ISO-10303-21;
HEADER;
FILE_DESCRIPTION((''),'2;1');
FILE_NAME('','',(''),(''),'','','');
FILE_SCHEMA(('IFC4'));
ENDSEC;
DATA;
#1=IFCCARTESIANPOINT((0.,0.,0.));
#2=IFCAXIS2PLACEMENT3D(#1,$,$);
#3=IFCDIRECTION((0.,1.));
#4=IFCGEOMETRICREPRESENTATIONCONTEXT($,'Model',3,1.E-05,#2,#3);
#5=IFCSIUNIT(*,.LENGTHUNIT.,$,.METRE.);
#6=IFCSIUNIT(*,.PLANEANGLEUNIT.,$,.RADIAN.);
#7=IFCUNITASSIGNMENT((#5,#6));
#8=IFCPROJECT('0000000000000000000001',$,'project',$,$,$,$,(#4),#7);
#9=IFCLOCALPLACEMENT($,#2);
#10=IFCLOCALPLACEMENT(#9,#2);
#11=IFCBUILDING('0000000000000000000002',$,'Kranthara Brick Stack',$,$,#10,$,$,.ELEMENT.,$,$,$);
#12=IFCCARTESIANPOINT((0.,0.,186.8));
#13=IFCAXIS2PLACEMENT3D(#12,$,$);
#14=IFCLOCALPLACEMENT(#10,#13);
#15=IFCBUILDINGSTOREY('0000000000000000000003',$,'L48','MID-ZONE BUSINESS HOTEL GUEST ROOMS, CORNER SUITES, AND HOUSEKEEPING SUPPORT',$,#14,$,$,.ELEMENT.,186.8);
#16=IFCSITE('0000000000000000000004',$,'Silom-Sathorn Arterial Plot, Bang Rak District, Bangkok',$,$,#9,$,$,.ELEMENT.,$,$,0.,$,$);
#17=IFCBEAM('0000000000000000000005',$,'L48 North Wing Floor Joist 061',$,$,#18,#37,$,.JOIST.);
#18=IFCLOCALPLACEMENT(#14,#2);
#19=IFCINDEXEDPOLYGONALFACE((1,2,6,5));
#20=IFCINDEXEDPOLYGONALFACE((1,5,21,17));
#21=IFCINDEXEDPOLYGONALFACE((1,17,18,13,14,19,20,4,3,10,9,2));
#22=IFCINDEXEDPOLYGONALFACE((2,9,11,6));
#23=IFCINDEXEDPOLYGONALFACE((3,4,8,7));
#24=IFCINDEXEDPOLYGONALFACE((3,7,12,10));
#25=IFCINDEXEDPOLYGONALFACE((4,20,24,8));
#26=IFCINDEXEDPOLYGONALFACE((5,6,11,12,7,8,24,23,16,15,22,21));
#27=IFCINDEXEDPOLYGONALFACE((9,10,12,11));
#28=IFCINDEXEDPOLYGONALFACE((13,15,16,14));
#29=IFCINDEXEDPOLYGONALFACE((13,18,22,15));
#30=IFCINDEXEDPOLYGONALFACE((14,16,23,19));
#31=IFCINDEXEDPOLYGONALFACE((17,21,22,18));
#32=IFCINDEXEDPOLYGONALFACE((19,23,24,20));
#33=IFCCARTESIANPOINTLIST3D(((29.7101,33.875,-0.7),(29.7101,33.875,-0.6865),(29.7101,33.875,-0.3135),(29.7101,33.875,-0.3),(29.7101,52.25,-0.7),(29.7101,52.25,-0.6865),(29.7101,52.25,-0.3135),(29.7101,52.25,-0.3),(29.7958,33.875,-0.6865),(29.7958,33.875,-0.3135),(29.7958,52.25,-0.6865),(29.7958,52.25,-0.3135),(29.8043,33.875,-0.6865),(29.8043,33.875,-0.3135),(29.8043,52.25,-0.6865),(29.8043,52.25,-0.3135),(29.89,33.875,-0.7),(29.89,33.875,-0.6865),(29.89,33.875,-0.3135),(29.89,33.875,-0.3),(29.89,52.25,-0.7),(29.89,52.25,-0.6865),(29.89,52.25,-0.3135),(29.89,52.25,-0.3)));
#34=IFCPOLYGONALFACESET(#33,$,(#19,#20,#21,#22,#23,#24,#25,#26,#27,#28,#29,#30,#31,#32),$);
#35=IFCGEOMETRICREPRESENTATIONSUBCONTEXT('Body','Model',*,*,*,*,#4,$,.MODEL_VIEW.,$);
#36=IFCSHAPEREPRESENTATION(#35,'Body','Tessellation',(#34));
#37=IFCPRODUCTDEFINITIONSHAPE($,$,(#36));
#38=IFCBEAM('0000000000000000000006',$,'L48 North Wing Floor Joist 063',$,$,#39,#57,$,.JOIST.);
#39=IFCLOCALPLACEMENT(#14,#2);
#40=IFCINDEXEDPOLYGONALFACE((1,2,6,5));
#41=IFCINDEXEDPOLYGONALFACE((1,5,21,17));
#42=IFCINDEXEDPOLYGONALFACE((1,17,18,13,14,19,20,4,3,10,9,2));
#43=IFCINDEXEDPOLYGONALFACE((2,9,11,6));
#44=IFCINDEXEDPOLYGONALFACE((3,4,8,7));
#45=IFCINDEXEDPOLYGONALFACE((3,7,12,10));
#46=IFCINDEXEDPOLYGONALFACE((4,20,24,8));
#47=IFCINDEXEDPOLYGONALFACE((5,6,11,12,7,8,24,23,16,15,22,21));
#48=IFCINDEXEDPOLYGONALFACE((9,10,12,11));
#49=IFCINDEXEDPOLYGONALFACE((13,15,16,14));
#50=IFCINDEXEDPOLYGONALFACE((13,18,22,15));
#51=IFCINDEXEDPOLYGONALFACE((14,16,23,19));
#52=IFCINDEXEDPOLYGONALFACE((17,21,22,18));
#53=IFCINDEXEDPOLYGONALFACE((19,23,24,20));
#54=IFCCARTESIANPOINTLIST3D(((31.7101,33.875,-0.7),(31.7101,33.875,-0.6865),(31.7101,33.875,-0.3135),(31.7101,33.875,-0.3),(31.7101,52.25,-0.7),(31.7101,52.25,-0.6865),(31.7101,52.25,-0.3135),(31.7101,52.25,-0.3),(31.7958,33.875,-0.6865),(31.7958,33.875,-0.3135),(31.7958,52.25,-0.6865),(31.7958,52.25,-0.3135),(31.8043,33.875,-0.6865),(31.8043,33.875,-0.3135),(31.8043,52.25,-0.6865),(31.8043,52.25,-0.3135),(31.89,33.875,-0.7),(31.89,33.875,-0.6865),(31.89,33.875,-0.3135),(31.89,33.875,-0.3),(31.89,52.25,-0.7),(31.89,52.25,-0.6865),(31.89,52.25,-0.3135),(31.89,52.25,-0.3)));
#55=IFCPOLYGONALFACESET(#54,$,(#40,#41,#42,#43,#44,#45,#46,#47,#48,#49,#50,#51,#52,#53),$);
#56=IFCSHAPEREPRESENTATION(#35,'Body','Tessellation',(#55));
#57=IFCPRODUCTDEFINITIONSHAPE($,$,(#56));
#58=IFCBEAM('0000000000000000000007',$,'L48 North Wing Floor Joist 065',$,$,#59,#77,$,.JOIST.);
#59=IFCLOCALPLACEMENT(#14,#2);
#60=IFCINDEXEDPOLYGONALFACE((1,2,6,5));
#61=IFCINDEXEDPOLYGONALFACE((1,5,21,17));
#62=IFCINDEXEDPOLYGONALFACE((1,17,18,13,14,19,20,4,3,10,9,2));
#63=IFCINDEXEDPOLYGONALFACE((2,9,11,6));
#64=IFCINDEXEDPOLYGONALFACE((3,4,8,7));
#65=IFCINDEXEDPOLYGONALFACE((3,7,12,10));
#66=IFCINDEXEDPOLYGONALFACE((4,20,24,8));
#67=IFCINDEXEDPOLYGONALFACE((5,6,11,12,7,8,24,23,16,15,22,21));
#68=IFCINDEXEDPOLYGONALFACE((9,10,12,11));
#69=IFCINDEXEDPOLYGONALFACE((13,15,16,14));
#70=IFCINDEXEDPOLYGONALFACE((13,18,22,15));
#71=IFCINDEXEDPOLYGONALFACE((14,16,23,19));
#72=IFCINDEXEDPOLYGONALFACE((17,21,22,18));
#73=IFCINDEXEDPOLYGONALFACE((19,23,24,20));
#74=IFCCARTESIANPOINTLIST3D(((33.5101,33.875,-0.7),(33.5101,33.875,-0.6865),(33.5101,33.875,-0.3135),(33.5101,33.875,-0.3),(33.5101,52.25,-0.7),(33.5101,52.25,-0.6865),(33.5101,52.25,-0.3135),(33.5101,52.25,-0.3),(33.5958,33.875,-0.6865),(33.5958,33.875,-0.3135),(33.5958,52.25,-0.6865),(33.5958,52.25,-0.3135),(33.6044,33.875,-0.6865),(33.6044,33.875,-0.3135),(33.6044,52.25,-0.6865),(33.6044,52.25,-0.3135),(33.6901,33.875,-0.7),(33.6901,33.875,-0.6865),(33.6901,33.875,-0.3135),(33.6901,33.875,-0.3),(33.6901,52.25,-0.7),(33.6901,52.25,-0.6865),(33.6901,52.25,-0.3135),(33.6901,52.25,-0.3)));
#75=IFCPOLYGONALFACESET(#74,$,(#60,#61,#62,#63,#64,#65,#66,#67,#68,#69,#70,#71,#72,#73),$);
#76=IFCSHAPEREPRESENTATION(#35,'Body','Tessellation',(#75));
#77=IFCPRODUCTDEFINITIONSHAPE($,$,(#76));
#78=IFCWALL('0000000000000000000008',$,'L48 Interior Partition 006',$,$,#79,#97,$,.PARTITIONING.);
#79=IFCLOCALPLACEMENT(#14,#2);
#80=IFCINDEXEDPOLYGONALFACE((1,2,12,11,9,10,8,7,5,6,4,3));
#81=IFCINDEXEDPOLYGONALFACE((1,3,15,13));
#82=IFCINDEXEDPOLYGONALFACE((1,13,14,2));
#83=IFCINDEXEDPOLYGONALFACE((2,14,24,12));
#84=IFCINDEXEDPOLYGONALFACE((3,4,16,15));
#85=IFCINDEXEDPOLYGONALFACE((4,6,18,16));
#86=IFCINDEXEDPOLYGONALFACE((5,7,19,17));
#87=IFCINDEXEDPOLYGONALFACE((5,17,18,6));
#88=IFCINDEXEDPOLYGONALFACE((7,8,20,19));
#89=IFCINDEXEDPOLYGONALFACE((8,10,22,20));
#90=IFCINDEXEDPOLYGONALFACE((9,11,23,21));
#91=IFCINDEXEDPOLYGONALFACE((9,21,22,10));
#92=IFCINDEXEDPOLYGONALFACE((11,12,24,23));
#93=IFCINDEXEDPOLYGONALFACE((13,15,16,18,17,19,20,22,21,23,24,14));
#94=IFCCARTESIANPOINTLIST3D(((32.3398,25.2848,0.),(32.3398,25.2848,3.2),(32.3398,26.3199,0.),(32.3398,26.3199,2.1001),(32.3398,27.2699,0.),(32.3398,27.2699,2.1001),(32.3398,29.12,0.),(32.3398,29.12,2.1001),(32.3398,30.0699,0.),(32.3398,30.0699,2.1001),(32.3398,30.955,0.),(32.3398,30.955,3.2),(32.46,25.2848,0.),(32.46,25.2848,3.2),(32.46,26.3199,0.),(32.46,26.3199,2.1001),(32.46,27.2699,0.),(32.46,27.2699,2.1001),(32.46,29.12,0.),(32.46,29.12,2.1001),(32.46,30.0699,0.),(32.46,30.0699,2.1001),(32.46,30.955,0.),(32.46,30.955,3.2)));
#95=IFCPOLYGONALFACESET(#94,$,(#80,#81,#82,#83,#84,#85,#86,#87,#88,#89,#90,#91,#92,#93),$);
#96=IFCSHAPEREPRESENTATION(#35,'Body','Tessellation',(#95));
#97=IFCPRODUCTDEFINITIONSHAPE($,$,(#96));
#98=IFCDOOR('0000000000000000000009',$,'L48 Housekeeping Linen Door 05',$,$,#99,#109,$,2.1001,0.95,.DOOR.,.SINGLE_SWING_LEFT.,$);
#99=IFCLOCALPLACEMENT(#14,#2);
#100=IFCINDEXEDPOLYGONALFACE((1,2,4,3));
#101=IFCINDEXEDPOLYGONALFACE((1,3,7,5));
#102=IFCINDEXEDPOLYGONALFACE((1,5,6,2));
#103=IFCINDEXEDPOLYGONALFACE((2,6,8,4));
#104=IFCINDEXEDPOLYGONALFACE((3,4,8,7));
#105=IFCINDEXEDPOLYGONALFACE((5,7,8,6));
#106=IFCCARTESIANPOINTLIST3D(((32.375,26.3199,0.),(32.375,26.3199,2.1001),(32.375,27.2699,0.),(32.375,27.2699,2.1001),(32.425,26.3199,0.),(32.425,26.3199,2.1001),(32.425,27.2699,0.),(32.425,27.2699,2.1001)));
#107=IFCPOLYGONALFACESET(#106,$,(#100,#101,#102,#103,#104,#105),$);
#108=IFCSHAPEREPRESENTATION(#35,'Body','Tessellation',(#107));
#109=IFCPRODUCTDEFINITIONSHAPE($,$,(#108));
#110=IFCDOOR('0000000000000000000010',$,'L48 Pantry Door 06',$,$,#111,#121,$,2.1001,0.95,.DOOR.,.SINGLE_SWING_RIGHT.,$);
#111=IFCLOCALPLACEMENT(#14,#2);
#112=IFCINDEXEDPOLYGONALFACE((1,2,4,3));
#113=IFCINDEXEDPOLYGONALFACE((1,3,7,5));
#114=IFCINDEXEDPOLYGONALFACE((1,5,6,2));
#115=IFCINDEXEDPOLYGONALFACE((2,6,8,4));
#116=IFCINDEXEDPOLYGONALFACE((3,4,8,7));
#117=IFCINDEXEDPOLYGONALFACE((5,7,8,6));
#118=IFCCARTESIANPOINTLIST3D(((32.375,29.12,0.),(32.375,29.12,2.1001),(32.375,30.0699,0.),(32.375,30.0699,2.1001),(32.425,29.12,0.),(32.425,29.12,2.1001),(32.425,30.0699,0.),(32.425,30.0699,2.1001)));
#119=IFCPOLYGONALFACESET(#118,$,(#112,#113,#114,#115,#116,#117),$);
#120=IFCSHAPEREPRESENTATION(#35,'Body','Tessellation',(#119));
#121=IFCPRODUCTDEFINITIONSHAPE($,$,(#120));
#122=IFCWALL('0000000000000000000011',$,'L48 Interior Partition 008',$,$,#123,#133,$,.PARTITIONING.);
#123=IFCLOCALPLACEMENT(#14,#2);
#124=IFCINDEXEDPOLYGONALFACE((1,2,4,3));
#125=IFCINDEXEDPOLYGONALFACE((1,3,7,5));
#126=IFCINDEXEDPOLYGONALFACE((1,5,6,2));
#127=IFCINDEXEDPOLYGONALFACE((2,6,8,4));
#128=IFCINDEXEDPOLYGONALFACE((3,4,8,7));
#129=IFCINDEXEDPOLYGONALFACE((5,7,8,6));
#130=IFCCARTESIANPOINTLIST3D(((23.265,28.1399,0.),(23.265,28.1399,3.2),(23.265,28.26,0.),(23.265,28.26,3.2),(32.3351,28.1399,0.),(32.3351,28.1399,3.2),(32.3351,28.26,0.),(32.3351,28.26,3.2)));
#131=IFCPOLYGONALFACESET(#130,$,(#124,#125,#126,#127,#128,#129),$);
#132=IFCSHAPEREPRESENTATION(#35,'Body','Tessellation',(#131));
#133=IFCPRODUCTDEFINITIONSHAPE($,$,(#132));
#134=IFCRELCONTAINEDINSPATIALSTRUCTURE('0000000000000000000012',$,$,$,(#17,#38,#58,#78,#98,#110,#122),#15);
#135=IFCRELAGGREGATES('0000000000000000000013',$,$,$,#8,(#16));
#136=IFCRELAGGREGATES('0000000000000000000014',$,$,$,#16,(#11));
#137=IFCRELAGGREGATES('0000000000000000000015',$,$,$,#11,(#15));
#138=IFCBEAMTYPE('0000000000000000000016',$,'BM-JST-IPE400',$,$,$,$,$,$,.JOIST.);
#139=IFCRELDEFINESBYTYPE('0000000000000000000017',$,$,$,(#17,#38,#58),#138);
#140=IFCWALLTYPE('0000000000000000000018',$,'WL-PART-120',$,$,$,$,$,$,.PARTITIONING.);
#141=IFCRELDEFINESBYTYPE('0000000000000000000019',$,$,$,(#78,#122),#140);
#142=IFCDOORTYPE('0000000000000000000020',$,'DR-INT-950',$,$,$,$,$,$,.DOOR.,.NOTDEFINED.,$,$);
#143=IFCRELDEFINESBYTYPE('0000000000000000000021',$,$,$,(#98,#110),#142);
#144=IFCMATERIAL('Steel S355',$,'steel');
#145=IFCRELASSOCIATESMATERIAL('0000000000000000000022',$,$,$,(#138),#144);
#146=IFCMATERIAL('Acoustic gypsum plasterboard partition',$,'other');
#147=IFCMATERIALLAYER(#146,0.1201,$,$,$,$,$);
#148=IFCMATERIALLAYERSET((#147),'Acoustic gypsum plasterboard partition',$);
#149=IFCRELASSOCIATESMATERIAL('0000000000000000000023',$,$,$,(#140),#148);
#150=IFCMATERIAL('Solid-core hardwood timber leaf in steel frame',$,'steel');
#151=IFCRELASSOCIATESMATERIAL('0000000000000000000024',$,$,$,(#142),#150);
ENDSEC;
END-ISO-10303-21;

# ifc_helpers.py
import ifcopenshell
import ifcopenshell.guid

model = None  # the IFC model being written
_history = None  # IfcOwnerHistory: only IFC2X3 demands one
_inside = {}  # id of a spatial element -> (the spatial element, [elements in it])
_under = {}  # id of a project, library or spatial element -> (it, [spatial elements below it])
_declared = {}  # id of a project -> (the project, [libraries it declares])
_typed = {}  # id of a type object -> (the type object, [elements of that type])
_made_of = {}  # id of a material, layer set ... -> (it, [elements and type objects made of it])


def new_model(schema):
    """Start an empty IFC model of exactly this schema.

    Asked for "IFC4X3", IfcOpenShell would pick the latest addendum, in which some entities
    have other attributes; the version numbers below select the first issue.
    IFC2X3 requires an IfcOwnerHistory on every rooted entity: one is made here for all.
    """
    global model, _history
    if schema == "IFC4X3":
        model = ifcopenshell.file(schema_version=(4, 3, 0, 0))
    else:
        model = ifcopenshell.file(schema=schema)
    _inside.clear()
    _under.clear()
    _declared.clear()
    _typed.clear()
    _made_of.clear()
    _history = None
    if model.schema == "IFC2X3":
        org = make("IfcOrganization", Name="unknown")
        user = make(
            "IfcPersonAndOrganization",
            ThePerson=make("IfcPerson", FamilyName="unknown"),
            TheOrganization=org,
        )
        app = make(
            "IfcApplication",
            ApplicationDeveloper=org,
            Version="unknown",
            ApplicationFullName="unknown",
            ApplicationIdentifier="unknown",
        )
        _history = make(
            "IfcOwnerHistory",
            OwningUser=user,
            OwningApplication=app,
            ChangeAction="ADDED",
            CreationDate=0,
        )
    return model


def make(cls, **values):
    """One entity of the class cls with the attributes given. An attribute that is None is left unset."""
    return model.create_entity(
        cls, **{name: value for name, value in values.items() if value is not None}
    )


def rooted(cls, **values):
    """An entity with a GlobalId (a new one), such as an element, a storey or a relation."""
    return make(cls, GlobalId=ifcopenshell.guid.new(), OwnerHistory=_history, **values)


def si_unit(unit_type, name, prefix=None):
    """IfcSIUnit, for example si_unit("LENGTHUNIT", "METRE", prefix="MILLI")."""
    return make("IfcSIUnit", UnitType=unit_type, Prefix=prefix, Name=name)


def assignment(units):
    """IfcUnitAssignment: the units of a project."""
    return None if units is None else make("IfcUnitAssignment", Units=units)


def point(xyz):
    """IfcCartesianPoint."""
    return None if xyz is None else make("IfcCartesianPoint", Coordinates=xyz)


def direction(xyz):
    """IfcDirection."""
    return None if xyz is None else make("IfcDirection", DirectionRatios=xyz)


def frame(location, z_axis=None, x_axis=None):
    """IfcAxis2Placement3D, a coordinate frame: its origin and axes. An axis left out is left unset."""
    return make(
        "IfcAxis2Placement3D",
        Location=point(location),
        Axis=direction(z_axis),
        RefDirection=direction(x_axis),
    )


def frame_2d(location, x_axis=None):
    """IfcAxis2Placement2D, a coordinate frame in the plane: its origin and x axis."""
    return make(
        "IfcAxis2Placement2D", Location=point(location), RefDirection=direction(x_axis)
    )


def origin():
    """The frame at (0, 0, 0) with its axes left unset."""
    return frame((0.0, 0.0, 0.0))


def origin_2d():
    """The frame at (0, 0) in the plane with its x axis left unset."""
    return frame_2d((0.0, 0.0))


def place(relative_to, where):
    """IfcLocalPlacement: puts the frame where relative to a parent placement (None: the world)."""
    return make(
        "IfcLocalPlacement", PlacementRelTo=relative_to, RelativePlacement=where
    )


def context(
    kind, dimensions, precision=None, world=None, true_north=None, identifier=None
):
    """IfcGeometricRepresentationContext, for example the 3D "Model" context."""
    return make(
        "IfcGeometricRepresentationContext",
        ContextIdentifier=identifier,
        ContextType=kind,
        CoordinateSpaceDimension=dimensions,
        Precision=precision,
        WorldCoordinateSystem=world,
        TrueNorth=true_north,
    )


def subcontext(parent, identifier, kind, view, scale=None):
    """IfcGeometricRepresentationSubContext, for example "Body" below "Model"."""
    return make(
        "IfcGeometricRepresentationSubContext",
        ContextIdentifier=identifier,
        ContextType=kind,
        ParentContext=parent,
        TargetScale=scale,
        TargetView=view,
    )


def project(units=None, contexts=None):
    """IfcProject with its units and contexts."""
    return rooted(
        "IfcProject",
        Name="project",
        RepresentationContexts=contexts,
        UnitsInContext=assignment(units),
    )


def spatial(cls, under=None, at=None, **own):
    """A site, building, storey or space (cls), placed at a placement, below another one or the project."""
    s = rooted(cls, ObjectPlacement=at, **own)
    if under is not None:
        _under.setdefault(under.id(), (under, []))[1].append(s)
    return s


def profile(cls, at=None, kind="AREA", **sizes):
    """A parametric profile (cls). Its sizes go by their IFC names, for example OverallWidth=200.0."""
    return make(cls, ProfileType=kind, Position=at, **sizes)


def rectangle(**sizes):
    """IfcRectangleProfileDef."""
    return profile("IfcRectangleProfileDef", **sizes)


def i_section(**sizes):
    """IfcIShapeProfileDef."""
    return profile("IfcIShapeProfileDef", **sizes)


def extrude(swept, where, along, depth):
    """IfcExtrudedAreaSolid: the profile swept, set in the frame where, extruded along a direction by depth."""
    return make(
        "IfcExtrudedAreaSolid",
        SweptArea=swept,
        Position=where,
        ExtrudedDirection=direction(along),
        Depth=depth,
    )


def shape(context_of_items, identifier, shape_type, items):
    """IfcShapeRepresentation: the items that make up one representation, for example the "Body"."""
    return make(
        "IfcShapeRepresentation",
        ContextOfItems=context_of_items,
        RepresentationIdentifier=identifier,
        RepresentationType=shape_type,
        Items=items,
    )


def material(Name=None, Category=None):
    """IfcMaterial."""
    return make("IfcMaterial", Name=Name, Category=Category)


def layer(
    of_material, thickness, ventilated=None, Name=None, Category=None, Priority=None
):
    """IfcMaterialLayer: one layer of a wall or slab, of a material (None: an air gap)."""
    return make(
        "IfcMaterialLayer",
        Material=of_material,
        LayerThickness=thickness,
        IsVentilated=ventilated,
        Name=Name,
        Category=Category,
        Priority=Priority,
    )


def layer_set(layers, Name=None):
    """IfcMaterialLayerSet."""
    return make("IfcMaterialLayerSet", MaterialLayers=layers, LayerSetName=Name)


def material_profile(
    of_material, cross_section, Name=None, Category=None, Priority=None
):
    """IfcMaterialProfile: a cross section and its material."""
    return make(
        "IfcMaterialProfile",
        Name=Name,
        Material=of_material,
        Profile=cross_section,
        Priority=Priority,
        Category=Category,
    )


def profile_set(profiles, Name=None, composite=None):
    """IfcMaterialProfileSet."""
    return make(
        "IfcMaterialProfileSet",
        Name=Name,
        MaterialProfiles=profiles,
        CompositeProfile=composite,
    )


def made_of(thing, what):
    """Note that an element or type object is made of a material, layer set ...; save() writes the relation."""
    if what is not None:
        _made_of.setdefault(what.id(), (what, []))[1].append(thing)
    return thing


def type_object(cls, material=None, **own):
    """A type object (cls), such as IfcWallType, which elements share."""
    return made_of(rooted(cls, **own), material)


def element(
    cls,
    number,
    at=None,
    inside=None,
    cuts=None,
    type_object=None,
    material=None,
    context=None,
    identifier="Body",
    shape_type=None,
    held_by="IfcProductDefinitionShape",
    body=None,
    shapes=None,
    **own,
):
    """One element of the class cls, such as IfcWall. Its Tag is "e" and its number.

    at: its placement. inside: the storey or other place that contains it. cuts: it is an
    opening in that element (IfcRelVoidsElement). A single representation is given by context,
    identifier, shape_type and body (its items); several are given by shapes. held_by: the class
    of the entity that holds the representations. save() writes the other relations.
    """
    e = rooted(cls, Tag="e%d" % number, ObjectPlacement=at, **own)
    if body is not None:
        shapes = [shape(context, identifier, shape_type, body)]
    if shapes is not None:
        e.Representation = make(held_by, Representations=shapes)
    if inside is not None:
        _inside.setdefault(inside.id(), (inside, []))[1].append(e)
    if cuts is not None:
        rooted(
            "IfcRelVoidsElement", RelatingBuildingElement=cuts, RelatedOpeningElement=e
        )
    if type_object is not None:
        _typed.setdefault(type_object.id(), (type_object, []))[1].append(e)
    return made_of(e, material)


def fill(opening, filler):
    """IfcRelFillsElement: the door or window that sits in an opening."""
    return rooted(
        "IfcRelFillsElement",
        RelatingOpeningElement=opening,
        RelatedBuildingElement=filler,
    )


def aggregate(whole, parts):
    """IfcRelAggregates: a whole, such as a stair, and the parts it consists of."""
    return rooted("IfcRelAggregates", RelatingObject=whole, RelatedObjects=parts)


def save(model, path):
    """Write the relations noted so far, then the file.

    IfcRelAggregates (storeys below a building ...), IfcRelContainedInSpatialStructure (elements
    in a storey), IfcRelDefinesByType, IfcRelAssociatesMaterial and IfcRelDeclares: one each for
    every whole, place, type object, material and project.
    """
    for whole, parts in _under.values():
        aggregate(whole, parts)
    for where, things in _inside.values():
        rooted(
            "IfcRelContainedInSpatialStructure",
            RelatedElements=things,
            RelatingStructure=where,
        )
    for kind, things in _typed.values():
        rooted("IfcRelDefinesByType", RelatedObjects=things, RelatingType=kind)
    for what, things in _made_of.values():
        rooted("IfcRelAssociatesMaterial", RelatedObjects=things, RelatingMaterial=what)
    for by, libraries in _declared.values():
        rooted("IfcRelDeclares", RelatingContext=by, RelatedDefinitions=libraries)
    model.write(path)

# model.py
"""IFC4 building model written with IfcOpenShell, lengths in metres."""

from ifc_helpers import new_model, si_unit, direction, frame, frame_2d, origin, origin_2d, place, context, subcontext, project, spatial, rectangle, i_section, extrude, material, layer, layer_set, material_profile, profile_set, type_object, element, fill, save


model = new_model("IFC4")

# Units and contexts
model_context = context("Model", 3, precision=1e-05, world=origin(), true_north=direction((0.0, 1.0)))
body_context = subcontext(model_context, "Body", "Model", "MODEL_VIEW")
ifc_project = project(units=[si_unit("LENGTHUNIT", "METRE"), si_unit("PLANEANGLEUNIT", "RADIAN")], contexts=[model_context])

# Site, building, storey
site_placement = place(None, origin())
site = spatial("IfcSite", under=ifc_project, at=site_placement, Name="Silom-Sathorn Arterial Plot, Bang Rak District, Bangkok", CompositionType="ELEMENT", RefElevation=0.0)
building_placement = place(site_placement, origin())
building = spatial("IfcBuilding", under=site, at=building_placement, Name="Kranthara Brick Stack", CompositionType="ELEMENT")
storey_placement = place(building_placement, frame((0.0, 0.0, 186.8)))
storey = spatial("IfcBuildingStorey", under=building, at=storey_placement, Name="L48", Description="MID-ZONE BUSINESS HOTEL GUEST ROOMS, CORNER SUITES, AND HOUSEKEEPING SUPPORT", CompositionType="ELEMENT", Elevation=186.8)

# Beams
ifc_material_1 = material(Name="Steel S355", Category="steel")
ifc_material_profile_1 = material_profile(ifc_material_1, i_section(OverallWidth=0.1799, OverallDepth=0.3999, WebThickness=0.0085, FlangeThickness=0.0134, at=origin_2d()), Name="IPE 400")
ifc_profile_set_1 = profile_set([ifc_material_profile_1], Name="Steel S355")
beam_type_1 = type_object("IfcBeamType", Name="BM-JST-IPE400", PredefinedType="JOIST", material=ifc_profile_set_1)
for number, where, z_axis, x_axis, name in (
    (1, (29.8, 33.875, -0.5), (0.0, 1.0, 0.0), (-1.0, 0.0, 0.0), "L48 North Wing Floor Joist 061"),
    (2, (31.8, 33.875, -0.5), (0.0, 1.0, 0.0), (-1.0, 0.0, 0.0), "L48 North Wing Floor Joist 063"),
    (3, (33.6001, 33.875, -0.5), (0.0, 1.0, 0.0), (-1.0, 0.0, 0.0), "L48 North Wing Floor Joist 065"),
):
    element("IfcBeam", number, at=place(storey_placement, frame(where, z_axis=z_axis, x_axis=x_axis)), inside=storey, type_object=beam_type_1, Name=name, PredefinedType="JOIST", context=body_context, shape_type="SweptSolid", body=[
        extrude(i_section(OverallWidth=0.1799, OverallDepth=0.3999, WebThickness=0.0085, FlangeThickness=0.0134, at=origin_2d()), origin(), (0.0, 0.0, 1.0), 18.375),
    ])

# Wall, openings, doors
ifc_material_2 = material(Name="Acoustic gypsum plasterboard partition", Category="other")
ifc_layer = layer(ifc_material_2, 0.1201)
ifc_layer_set = layer_set([ifc_layer], Name="Acoustic gypsum plasterboard partition")
wall_type = type_object("IfcWallType", Name="WL-PART-120", PredefinedType="PARTITIONING", material=ifc_layer_set)
wall_1_placement = place(storey_placement, frame((32.3999, 25.2849, 0.0), z_axis=(0.0, 0.0, 1.0), x_axis=(0.0, 1.0, 0.0)))
wall_1 = element("IfcWall", 4, at=wall_1_placement, inside=storey, type_object=wall_type, Name="L48 Interior Partition 006", PredefinedType="PARTITIONING", context=body_context, shape_type="SweptSolid", body=[
    extrude(rectangle(XDim=5.6702, YDim=0.1201, at=frame_2d((2.835, 0.0))), origin(), (0.0, 0.0, 1.0), 3.2),
])
opening_1_placement = place(wall_1_placement, frame((1.0349, 0.0, 0.0)))
opening_1 = element("IfcOpeningElement", 5, at=opening_1_placement, cuts=wall_1, PredefinedType="OPENING", context=body_context, shape_type="SweptSolid", body=[
    extrude(rectangle(XDim=0.95, YDim=2.1001, at=frame_2d((0.4751, 1.05))), frame((0.0, 0.0701, 0.0), z_axis=(0.0, -1.0, 0.0), x_axis=(1.0, 0.0, 0.0)), (0.0, 0.0, 1.0), 0.1401),
])
opening_2_placement = place(wall_1_placement, frame((3.835, 0.0, 0.0)))
opening_2 = element("IfcOpeningElement", 6, at=opening_2_placement, cuts=wall_1, PredefinedType="OPENING", context=body_context, shape_type="SweptSolid", body=[
    extrude(rectangle(XDim=0.95, YDim=2.1001, at=frame_2d((0.4751, 1.05))), frame((0.0, 0.0701, 0.0), z_axis=(0.0, -1.0, 0.0), x_axis=(1.0, 0.0, 0.0)), (0.0, 0.0, 1.0), 0.1401),
])
ifc_material_3 = material(Name="Solid-core hardwood timber leaf in steel frame", Category="steel")
door_type = type_object("IfcDoorType", Name="DR-INT-950", OperationType="NOTDEFINED", PredefinedType="DOOR", material=ifc_material_3)
door_1_placement = place(opening_1_placement, origin())
door_1 = element("IfcDoor", 7, at=door_1_placement, inside=storey, type_object=door_type, Name="L48 Housekeeping Linen Door 05", OperationType="SINGLE_SWING_LEFT", OverallHeight=2.1001, OverallWidth=0.95, PredefinedType="DOOR", context=body_context, shape_type="SweptSolid", body=[
    extrude(rectangle(XDim=0.95, YDim=2.1001, at=frame_2d((0.4751, 1.05))), frame((0.0, 0.0249, 0.0), z_axis=(0.0, -1.0, 0.0), x_axis=(1.0, 0.0, 0.0)), (0.0, 0.0, 1.0), 0.05),
])
fill(opening_1, door_1)
door_2_placement = place(opening_2_placement, origin())
door_2 = element("IfcDoor", 8, at=door_2_placement, inside=storey, type_object=door_type, Name="L48 Pantry Door 06", OperationType="SINGLE_SWING_RIGHT", OverallHeight=2.1001, OverallWidth=0.95, PredefinedType="DOOR", context=body_context, shape_type="SweptSolid", body=[
    extrude(rectangle(XDim=0.95, YDim=2.1001, at=frame_2d((0.4751, 1.05))), frame((0.0, 0.0249, 0.0), z_axis=(0.0, -1.0, 0.0), x_axis=(1.0, 0.0, 0.0)), (0.0, 0.0, 1.0), 0.05),
])
fill(opening_2, door_2)

# Wall
wall_2_placement = place(storey_placement, frame((23.2649, 28.2, 0.0), z_axis=(0.0, 0.0, 1.0), x_axis=(1.0, 0.0, 0.0)))
element("IfcWall", 9, at=wall_2_placement, inside=storey, type_object=wall_type, Name="L48 Interior Partition 008", PredefinedType="PARTITIONING", context=body_context, shape_type="SweptSolid", body=[
    extrude(rectangle(XDim=9.0701, YDim=0.1201, at=frame_2d((4.5352, 0.0))), origin(), (0.0, 0.0, 1.0), 3.2),
])

save(model, "model.ifc")
